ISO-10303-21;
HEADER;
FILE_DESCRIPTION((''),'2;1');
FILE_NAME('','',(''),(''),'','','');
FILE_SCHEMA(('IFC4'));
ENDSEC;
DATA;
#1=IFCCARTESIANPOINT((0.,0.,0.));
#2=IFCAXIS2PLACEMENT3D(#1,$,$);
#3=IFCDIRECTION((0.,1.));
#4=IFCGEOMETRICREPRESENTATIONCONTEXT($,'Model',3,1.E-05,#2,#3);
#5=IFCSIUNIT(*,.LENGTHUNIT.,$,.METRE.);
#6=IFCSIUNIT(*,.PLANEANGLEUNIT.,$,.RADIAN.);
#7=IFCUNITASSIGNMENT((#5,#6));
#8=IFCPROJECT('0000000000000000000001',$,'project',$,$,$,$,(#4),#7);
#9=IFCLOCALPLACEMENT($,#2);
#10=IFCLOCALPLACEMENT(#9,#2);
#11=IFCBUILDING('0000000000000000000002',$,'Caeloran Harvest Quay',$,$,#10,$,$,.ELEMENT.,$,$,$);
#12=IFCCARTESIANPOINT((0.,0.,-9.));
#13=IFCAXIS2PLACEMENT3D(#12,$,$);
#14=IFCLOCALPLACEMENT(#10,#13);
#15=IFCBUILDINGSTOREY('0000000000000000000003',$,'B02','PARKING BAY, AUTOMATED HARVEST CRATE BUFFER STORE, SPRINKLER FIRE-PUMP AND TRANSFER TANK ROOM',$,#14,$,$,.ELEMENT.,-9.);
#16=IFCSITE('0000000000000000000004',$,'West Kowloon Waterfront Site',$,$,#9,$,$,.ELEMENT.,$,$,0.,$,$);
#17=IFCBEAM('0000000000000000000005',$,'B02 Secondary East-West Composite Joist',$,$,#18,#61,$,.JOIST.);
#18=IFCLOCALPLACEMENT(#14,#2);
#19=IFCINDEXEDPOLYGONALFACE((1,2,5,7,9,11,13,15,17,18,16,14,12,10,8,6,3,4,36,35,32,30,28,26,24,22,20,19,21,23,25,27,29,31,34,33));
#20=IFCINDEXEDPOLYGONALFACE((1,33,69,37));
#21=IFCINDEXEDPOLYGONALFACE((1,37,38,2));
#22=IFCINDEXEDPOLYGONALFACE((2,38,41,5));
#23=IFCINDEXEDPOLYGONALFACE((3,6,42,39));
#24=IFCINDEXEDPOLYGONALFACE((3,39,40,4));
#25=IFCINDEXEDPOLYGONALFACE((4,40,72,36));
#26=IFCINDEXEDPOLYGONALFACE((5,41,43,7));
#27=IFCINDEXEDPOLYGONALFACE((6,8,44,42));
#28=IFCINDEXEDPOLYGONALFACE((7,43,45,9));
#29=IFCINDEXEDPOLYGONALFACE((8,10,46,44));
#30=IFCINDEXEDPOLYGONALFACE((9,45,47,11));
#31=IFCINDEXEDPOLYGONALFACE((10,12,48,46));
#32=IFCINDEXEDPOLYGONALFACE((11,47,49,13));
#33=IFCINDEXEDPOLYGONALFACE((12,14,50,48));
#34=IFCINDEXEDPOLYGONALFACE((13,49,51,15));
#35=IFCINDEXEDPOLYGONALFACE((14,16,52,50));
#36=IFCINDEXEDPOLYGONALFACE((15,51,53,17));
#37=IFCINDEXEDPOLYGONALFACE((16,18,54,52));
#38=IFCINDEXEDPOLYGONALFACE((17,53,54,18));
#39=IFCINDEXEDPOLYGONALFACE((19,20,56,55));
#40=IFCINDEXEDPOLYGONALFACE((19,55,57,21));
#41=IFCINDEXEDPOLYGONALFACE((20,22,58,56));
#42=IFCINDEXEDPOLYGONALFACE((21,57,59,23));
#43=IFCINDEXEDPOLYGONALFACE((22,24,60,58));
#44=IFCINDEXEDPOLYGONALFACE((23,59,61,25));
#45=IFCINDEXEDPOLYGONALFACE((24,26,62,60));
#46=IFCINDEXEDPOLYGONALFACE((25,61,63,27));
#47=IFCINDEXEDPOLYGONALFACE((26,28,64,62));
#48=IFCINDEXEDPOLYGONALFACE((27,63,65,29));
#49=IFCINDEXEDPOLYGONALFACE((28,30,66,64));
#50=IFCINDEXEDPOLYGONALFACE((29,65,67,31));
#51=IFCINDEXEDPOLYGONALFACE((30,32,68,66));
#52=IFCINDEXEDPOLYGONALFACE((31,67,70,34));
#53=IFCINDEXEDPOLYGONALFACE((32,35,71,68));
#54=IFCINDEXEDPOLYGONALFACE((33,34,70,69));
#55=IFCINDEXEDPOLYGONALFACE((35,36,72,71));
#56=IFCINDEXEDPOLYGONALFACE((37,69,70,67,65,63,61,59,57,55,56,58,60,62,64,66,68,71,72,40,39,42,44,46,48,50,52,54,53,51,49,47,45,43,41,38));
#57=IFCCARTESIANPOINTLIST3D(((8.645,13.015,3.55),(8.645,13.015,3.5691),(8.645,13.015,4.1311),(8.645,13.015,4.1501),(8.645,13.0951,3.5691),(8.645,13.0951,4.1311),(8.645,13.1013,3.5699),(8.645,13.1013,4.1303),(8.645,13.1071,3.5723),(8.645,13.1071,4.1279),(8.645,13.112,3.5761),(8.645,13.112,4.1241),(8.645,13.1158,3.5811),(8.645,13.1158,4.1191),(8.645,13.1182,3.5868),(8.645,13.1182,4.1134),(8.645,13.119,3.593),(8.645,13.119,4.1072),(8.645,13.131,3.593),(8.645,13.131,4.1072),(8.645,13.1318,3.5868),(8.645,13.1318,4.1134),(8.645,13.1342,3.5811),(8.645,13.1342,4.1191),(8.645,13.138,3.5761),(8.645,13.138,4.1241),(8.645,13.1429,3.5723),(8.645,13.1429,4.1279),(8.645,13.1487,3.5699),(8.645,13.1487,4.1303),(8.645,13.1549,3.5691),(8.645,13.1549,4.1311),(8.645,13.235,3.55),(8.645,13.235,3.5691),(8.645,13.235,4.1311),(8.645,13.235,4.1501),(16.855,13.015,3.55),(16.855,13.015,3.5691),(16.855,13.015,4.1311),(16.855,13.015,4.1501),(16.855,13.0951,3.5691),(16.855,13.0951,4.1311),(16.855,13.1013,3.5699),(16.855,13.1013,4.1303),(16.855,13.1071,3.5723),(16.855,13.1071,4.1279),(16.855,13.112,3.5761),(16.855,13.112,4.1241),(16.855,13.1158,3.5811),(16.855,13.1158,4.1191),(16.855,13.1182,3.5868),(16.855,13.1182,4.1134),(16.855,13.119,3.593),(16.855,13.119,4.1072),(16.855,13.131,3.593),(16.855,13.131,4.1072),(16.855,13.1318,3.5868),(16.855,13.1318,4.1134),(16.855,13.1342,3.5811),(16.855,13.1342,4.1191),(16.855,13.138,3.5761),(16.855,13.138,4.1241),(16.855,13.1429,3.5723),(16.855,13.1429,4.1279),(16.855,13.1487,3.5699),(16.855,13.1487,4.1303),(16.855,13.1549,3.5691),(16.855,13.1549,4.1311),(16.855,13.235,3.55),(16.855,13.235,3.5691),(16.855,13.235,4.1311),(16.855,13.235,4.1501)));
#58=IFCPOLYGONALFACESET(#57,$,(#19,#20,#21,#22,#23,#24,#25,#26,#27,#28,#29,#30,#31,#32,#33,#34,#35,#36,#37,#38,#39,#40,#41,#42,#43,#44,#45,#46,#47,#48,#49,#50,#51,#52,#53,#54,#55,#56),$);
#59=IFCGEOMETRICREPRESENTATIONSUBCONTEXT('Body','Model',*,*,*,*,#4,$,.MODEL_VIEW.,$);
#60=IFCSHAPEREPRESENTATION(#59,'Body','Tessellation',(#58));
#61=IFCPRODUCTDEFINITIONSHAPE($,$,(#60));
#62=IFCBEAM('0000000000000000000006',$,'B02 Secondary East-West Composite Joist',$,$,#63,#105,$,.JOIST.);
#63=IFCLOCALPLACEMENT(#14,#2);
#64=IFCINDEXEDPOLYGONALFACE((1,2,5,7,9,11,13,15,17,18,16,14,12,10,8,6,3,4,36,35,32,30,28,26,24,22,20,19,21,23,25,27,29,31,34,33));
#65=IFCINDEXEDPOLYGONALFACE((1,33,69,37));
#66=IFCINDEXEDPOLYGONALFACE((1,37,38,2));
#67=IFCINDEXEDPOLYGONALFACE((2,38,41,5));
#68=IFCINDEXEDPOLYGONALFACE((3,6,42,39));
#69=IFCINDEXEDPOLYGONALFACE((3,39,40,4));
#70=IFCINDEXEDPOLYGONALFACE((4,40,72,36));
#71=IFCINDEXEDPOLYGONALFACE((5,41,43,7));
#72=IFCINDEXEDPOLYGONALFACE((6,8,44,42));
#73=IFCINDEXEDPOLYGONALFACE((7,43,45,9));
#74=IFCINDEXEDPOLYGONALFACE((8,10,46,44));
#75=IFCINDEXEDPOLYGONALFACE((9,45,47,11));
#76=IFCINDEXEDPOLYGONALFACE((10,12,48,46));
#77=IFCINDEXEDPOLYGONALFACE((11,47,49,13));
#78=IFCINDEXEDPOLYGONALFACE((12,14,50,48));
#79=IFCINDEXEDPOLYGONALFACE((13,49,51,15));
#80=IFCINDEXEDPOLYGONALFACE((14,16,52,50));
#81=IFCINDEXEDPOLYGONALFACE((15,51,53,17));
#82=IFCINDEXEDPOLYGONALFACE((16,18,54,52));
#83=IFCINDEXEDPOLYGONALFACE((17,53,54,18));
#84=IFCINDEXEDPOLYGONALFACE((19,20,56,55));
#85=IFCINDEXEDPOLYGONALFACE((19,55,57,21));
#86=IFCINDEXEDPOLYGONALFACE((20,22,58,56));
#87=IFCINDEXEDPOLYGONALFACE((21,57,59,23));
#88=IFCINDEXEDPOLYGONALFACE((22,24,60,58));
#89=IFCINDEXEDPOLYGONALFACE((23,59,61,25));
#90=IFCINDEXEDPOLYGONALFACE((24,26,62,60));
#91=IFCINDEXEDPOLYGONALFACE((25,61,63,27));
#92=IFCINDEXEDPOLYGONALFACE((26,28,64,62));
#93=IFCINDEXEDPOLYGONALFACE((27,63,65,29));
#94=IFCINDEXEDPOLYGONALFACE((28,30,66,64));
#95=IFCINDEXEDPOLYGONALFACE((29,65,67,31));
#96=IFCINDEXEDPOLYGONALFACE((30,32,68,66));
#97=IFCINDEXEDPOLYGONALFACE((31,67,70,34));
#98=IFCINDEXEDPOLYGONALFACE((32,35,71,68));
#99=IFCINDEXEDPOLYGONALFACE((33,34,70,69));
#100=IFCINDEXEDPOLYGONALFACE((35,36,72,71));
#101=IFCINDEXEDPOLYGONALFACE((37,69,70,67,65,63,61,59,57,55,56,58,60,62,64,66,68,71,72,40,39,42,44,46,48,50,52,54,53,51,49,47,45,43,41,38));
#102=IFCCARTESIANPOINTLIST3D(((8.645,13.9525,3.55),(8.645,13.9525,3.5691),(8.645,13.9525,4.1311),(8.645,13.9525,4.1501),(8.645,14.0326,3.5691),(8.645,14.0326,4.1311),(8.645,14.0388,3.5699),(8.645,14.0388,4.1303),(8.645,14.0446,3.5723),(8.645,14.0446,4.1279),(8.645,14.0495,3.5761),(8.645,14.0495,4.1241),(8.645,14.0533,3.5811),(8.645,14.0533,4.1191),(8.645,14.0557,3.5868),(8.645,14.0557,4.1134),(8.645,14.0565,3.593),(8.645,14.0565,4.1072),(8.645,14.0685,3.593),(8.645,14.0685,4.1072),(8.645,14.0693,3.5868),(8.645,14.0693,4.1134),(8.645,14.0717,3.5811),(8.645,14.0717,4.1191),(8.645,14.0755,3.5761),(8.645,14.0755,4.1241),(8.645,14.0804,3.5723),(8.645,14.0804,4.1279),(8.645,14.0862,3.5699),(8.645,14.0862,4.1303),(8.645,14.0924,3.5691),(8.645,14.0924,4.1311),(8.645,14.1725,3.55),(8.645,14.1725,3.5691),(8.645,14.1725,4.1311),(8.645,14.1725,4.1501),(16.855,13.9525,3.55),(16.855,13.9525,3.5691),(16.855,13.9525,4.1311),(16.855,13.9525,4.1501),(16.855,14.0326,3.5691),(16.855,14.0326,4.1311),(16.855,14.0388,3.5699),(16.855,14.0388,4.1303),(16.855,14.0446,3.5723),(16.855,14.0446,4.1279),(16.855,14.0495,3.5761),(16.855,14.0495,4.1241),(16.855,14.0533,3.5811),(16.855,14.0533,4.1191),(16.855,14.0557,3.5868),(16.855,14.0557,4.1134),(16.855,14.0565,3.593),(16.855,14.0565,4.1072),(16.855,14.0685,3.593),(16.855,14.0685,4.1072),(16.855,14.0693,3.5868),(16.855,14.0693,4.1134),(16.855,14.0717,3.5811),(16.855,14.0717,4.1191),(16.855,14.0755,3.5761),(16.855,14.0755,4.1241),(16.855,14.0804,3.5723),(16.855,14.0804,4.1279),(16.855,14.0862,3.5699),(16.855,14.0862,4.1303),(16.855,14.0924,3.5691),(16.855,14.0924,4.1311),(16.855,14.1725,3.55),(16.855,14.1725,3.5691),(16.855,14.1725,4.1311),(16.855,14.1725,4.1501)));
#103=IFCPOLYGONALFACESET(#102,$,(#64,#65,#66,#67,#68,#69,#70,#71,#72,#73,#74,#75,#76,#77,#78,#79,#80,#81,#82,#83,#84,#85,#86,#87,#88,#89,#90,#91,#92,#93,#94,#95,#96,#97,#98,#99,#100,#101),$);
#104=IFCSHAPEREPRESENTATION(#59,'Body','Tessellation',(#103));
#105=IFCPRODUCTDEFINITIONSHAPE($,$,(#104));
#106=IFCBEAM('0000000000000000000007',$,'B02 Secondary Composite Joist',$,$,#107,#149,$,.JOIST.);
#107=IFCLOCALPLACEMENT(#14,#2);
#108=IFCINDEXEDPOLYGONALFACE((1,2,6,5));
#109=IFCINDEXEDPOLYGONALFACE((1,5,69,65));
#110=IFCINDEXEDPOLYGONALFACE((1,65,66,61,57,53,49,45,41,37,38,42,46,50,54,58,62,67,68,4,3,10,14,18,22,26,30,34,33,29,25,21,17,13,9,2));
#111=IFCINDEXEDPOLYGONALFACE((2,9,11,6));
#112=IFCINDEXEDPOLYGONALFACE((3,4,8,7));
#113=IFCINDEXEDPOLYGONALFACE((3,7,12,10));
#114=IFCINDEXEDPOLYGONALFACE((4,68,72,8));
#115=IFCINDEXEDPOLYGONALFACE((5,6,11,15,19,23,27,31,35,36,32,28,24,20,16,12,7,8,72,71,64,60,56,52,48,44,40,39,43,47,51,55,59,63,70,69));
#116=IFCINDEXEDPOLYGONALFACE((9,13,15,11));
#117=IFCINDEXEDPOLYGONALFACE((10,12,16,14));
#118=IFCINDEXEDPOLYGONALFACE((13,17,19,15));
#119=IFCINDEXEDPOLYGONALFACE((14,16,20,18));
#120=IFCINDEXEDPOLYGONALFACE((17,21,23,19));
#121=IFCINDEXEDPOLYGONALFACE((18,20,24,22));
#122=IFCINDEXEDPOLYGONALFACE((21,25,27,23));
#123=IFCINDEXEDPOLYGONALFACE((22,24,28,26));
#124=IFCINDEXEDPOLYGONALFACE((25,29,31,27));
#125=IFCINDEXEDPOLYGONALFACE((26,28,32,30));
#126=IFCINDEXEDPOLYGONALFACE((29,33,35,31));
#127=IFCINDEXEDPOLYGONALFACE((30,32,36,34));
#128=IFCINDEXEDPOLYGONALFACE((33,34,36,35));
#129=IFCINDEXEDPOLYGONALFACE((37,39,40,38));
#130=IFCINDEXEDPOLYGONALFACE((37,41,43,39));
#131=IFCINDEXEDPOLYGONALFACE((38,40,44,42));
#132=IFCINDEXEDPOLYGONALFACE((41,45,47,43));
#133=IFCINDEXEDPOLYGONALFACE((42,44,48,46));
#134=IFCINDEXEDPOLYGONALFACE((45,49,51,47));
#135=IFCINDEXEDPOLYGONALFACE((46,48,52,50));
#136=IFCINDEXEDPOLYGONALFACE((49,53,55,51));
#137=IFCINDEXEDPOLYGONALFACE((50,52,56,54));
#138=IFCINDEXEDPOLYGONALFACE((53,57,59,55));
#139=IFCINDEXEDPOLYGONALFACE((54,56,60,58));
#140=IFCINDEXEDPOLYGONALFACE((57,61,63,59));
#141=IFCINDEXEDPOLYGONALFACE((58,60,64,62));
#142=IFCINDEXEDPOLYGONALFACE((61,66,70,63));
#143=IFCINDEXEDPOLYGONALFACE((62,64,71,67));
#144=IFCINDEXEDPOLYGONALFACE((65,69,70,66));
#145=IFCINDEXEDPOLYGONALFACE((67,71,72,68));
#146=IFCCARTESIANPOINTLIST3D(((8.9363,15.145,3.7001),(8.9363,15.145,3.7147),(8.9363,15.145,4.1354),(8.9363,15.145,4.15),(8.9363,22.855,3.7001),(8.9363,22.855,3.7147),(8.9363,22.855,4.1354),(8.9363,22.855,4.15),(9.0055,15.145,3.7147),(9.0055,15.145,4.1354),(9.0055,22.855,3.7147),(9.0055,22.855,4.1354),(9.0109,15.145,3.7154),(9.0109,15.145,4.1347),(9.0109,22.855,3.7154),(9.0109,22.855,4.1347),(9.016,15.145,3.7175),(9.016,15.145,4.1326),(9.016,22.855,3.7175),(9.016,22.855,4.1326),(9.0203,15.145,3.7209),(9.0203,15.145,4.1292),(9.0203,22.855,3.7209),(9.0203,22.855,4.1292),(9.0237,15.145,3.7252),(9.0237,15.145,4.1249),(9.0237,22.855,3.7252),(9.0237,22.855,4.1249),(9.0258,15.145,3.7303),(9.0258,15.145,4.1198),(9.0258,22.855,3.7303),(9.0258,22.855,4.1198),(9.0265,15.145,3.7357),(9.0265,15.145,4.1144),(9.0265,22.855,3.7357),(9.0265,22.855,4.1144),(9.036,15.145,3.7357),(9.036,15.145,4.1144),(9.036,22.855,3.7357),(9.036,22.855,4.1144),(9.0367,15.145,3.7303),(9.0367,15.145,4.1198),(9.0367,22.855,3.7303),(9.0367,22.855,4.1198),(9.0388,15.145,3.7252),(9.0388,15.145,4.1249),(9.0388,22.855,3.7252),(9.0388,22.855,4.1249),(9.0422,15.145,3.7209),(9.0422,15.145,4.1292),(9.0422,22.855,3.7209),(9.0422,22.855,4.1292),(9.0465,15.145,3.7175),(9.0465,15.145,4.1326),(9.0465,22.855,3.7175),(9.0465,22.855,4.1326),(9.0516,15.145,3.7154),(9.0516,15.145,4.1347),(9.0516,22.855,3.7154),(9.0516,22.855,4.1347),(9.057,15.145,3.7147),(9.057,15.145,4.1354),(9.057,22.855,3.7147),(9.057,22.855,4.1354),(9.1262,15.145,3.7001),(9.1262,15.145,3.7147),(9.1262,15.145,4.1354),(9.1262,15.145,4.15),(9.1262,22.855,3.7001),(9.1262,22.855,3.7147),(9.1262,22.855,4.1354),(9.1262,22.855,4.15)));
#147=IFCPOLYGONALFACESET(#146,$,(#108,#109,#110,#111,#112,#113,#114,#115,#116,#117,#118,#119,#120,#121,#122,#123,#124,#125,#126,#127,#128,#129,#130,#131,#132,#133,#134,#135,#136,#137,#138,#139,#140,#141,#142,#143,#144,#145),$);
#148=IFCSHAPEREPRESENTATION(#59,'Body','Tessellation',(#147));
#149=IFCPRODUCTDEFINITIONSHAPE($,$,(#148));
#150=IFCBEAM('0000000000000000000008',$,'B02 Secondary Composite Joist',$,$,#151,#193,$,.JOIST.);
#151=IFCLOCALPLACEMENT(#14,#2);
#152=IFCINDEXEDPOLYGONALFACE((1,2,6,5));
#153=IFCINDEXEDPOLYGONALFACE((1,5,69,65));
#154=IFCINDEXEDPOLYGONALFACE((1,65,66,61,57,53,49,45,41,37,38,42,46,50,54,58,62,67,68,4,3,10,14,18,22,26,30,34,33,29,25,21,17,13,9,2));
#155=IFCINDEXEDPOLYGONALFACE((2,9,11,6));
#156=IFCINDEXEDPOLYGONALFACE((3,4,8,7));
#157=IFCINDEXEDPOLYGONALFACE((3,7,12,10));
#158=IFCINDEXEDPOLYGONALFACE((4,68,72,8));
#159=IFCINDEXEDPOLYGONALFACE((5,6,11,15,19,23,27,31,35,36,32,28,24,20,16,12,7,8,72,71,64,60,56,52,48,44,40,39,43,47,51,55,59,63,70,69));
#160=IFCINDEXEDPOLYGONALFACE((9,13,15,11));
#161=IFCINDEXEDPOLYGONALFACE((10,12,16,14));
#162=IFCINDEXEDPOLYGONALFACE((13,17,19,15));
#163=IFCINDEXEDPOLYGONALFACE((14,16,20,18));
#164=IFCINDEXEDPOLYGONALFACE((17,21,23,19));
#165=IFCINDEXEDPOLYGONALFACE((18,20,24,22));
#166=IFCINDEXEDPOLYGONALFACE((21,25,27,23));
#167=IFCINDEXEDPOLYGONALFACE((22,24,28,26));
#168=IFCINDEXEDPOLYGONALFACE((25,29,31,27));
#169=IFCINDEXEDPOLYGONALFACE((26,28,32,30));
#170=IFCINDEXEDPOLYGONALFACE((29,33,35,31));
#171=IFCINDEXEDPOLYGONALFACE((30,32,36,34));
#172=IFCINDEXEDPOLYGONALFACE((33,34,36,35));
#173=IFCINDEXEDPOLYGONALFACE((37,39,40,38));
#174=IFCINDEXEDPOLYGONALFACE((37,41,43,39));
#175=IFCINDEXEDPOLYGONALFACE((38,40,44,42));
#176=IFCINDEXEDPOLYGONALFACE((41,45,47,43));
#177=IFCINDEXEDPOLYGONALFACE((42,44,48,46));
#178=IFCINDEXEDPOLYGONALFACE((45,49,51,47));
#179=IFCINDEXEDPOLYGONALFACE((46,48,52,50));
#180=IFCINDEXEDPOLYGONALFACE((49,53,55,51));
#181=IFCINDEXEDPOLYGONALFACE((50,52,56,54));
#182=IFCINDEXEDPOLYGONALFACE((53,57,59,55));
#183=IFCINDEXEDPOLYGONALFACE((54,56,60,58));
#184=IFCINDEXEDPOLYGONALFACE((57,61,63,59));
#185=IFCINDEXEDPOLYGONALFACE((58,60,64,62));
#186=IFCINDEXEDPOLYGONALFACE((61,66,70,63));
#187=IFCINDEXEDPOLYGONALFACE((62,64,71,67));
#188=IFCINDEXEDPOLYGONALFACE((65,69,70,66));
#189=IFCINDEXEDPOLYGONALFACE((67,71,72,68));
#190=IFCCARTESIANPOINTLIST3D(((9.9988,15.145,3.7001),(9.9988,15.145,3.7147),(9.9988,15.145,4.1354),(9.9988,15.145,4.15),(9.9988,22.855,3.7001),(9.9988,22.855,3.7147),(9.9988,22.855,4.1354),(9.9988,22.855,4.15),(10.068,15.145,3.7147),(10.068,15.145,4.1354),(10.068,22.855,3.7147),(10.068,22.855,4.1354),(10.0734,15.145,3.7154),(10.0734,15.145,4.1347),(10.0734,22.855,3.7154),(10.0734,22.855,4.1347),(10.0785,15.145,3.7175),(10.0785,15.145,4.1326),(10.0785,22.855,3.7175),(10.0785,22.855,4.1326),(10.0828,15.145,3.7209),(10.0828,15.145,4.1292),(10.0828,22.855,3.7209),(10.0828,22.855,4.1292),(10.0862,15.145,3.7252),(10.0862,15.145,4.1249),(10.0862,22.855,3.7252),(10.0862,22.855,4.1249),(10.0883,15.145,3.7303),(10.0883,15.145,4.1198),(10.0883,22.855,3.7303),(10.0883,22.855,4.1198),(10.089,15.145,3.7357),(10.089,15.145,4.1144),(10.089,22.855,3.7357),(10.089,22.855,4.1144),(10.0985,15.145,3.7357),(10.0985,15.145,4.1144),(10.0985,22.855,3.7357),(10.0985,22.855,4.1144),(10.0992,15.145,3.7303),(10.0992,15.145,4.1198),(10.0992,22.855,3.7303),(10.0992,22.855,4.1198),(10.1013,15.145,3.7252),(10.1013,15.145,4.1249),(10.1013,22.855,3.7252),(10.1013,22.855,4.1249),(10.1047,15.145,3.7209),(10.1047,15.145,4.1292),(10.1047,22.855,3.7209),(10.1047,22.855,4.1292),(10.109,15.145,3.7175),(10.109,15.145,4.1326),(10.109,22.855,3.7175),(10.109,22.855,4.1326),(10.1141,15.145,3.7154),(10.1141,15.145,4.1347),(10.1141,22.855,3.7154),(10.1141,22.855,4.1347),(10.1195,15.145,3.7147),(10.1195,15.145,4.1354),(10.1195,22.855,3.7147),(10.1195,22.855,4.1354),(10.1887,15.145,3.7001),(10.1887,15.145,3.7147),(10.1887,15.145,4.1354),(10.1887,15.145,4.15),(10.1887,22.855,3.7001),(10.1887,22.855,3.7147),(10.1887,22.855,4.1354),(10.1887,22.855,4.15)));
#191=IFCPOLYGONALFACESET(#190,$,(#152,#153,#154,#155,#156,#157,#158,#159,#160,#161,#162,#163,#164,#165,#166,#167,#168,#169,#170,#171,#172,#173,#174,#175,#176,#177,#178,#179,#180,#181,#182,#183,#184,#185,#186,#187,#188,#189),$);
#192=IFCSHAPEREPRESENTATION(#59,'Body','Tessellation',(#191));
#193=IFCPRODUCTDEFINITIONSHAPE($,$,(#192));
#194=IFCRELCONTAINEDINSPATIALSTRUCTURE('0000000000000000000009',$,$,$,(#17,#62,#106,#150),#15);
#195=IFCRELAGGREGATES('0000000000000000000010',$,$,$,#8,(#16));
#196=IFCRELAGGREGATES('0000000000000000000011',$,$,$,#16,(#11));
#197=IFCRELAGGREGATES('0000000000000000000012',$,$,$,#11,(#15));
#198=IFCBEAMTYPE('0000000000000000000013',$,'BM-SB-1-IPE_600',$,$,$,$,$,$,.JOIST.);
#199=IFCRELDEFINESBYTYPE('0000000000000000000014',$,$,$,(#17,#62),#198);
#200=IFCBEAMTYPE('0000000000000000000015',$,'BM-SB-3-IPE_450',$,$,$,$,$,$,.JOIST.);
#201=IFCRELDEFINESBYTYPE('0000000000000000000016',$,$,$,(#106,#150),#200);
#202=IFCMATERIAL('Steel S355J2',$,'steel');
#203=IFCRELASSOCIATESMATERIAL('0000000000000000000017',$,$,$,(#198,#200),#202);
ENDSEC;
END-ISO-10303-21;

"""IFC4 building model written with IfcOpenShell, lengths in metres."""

from ifc_helpers import new_model, si_unit, direction, frame, origin, origin_2d, place, context, subcontext, project, spatial, i_section, extrude, material, material_profile, profile_set, type_object, element, save


model = new_model("IFC4")

# Units and contexts
model_context = context("Model", 3, precision=1e-05, world=origin(), true_north=direction((0.0, 1.0)))
body_context = subcontext(model_context, "Body", "Model", "MODEL_VIEW")
ifc_project = project(units=[si_unit("LENGTHUNIT", "METRE"), si_unit("PLANEANGLEUNIT", "RADIAN")], contexts=[model_context])

# Site, building, storey
site_placement = place(None, origin())
site = spatial("IfcSite", under=ifc_project, at=site_placement, Name="West Kowloon Waterfront Site", CompositionType="ELEMENT", RefElevation=0.0)
building_placement = place(site_placement, origin())
building = spatial("IfcBuilding", under=site, at=building_placement, Name="Caeloran Harvest Quay", CompositionType="ELEMENT")
storey_placement = place(building_placement, frame((0.0, 0.0, -9.0)))
storey = spatial("IfcBuildingStorey", under=building, at=storey_placement, Name="B02", Description="PARKING BAY, AUTOMATED HARVEST CRATE BUFFER STORE, SPRINKLER FIRE-PUMP AND TRANSFER TANK ROOM", CompositionType="ELEMENT", Elevation=-9.0)

# Beams
ifc_material_1 = material(Name="Steel S355J2", Category="steel")
ifc_material_profile_1 = material_profile(ifc_material_1, i_section(OverallWidth=0.22, OverallDepth=0.6001, WebThickness=0.012, FlangeThickness=0.019, FilletRadius=0.0239, at=origin_2d()), Name="IPE 600")
ifc_profile_set_1 = profile_set([ifc_material_profile_1], Name="Steel S355J2")
beam_type_1 = type_object("IfcBeamType", Name="BM-SB-1-IPE_600", PredefinedType="JOIST", material=ifc_profile_set_1)
for number, where, z_axis, x_axis, name in (
    (1, (8.645, 13.125, 3.8501), (1.0, 0.0, 0.0), (0.0, 1.0, 0.0), "B02 Secondary East-West Composite Joist"),
    (2, (8.645, 14.0625, 3.8501), (1.0, 0.0, 0.0), (0.0, 1.0, 0.0), "B02 Secondary East-West Composite Joist"),
):
    element("IfcBeam", number, at=place(storey_placement, frame(where, z_axis=z_axis, x_axis=x_axis)), inside=storey, type_object=beam_type_1, Name=name, PredefinedType="JOIST", context=body_context, shape_type="SweptSolid", body=[
        extrude(i_section(OverallWidth=0.22, OverallDepth=0.6001, WebThickness=0.012, FlangeThickness=0.019, FilletRadius=0.0239, at=origin_2d()), origin(), (0.0, 0.0, 1.0), 8.21),
    ])
ifc_material_profile_2 = material_profile(ifc_material_1, i_section(OverallWidth=0.1899, OverallDepth=0.45, WebThickness=0.0095, FlangeThickness=0.0146, FilletRadius=0.021, at=origin_2d()), Name="IPE 450")
ifc_profile_set_2 = profile_set([ifc_material_profile_2], Name="Steel S355J2")
beam_type_2 = type_object("IfcBeamType", Name="BM-SB-3-IPE_450", PredefinedType="JOIST", material=ifc_profile_set_2)
for number, where, z_axis, x_axis, name in (
    (3, (9.0312, 15.145, 3.925), (0.0, 1.0, 0.0), (-1.0, 0.0, 0.0), "B02 Secondary Composite Joist"),
    (4, (10.0938, 15.145, 3.925), (0.0, 1.0, 0.0), (-1.0, 0.0, 0.0), "B02 Secondary Composite Joist"),
):
    element("IfcBeam", number, at=place(storey_placement, frame(where, z_axis=z_axis, x_axis=x_axis)), inside=storey, type_object=beam_type_2, Name=name, PredefinedType="JOIST", context=body_context, shape_type="SweptSolid", body=[
        extrude(i_section(OverallWidth=0.1899, OverallDepth=0.45, WebThickness=0.0095, FlangeThickness=0.0146, FilletRadius=0.021, at=origin_2d()), origin(), (0.0, 0.0, 1.0), 7.71),
    ])

save(model, "model.ifc")
